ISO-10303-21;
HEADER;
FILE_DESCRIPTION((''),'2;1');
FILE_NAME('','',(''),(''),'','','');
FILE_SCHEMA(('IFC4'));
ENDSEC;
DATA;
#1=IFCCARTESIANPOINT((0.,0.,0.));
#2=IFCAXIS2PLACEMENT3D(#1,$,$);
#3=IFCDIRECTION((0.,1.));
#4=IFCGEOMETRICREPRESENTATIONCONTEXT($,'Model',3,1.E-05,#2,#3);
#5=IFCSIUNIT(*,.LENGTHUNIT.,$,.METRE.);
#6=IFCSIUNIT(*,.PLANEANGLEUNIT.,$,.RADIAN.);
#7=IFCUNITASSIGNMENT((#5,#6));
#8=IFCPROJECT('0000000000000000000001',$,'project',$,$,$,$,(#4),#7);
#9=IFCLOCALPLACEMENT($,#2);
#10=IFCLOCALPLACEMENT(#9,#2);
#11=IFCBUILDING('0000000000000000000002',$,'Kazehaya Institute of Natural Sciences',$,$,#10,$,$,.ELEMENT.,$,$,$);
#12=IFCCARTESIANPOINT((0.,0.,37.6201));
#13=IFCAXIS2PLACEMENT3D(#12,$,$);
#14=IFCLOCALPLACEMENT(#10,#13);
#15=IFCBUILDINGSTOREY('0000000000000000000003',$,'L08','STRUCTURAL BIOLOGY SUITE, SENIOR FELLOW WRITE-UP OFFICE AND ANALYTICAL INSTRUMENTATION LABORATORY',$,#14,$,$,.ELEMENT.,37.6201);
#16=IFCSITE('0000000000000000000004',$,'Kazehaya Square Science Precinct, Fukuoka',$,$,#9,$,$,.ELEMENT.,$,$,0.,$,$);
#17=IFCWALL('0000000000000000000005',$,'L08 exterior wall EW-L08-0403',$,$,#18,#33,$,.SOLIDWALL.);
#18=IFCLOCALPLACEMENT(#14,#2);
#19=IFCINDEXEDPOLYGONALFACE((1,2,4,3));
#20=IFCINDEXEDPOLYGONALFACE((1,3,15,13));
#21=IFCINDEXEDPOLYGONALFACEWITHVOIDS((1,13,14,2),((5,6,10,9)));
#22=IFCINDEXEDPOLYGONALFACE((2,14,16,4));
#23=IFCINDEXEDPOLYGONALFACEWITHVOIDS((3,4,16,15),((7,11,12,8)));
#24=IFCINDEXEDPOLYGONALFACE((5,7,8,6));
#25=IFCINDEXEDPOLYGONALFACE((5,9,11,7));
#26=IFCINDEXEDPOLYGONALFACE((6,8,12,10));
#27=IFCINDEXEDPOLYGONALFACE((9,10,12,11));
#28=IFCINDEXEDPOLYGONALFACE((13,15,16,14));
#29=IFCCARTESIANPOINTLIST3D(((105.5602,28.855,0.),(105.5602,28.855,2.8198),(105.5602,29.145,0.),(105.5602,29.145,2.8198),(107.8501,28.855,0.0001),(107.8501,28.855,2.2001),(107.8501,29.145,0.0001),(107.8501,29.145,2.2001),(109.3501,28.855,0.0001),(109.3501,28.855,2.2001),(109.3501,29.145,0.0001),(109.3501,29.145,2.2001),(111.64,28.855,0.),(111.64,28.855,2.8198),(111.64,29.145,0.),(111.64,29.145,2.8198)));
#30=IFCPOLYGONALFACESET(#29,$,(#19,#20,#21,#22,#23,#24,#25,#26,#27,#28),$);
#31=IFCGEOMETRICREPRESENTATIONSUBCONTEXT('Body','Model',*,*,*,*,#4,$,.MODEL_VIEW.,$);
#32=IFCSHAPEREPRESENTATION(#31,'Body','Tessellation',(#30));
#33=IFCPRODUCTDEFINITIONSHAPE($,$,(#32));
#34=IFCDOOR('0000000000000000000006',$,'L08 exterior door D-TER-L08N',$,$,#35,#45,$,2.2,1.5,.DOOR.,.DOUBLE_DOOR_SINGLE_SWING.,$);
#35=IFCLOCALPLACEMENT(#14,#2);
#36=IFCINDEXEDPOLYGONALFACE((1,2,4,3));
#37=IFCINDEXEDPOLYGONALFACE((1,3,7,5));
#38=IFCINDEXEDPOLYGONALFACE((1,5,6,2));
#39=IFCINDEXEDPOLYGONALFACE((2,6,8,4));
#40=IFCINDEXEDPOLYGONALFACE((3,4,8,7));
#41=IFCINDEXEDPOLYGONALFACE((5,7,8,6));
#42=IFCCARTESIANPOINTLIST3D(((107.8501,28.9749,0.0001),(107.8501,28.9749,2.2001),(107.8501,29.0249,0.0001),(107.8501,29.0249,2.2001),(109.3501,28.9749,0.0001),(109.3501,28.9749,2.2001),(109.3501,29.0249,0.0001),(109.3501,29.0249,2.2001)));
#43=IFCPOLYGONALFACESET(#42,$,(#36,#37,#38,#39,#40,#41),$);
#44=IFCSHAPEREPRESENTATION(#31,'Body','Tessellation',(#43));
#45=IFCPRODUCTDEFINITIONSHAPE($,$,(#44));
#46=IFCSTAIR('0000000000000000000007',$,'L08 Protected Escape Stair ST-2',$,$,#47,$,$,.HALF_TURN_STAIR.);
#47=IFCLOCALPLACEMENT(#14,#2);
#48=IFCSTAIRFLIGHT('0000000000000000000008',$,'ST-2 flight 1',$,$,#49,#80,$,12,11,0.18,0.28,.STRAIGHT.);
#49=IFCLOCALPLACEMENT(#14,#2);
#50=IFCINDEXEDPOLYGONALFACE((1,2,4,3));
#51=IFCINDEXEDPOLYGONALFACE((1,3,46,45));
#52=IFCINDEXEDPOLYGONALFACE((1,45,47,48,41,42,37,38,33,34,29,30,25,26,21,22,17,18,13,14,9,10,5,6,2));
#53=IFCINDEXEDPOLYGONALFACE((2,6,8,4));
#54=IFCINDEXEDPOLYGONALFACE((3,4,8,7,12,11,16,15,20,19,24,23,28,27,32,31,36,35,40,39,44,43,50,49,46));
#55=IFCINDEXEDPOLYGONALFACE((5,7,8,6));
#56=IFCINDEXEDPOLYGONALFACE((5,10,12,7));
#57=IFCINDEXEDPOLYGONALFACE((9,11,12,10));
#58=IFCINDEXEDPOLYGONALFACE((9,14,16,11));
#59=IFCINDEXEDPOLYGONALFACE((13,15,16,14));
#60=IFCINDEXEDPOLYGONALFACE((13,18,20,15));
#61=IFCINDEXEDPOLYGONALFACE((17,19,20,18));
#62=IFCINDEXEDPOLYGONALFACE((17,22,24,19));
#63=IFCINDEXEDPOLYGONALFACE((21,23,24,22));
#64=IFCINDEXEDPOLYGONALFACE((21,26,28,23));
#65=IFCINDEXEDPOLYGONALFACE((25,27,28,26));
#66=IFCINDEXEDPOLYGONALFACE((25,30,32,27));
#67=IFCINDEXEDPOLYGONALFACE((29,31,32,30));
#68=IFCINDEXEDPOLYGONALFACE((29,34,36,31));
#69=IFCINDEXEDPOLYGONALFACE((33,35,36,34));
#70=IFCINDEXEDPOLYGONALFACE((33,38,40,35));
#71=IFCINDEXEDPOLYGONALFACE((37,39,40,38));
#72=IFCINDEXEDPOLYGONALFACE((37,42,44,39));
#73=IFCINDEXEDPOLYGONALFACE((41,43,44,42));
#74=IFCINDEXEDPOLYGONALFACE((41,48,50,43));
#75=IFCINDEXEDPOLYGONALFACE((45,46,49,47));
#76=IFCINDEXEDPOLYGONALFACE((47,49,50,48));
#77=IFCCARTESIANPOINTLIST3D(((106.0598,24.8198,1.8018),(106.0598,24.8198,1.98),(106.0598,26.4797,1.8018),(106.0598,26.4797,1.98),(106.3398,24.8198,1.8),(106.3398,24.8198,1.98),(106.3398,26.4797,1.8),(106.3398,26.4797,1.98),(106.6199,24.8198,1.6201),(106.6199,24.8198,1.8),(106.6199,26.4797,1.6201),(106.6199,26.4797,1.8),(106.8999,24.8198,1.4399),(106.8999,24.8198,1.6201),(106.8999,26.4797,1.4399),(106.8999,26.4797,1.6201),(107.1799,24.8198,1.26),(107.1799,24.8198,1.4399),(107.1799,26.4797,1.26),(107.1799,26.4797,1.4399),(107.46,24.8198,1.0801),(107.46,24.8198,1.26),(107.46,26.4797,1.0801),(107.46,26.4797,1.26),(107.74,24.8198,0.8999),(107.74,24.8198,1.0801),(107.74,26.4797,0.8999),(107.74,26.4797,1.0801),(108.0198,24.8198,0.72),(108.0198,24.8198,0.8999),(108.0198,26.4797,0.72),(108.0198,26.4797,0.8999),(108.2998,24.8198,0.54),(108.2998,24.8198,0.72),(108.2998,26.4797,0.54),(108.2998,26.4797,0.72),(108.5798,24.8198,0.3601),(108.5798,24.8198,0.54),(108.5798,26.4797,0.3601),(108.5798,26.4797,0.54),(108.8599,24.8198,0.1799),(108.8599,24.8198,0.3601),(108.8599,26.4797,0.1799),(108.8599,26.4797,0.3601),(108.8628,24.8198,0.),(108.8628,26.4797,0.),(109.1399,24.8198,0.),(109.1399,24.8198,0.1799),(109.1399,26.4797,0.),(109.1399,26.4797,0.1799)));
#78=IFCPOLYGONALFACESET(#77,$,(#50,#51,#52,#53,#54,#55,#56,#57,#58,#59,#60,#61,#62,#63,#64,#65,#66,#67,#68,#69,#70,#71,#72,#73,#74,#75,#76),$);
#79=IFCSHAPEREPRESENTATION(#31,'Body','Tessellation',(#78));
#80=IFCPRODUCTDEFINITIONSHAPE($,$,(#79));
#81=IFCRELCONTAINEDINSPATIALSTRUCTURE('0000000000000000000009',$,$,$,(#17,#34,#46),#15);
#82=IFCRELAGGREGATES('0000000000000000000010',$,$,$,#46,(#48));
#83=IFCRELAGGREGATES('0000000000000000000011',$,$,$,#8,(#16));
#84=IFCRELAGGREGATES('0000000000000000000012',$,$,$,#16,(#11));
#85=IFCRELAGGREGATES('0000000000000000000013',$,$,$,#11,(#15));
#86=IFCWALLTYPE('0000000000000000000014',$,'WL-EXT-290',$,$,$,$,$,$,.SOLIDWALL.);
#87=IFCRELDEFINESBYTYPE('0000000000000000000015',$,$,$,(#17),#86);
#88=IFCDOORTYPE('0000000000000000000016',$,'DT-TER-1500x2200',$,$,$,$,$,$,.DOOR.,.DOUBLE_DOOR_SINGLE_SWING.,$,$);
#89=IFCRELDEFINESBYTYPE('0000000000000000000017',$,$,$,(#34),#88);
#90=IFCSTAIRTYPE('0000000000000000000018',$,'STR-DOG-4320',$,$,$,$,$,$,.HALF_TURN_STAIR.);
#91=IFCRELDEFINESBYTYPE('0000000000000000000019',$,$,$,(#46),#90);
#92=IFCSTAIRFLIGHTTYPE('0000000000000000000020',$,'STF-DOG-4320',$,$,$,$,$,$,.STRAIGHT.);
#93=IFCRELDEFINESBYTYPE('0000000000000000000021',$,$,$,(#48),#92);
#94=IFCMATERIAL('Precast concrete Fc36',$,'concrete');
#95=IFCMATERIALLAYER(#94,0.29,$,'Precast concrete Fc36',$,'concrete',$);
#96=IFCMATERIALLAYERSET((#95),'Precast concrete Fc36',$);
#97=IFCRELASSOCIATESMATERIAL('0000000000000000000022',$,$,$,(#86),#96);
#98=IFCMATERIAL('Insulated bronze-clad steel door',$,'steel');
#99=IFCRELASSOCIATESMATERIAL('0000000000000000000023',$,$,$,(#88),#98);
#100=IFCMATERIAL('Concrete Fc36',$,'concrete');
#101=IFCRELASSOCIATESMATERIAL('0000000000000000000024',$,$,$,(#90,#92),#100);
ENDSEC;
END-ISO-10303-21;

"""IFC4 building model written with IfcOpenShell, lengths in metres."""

from ifc_helpers import new_model, si_unit, direction, frame, frame_2d, origin, place, context, subcontext, project, spatial, polyline, rectangle, outline, extrude, material, layer, layer_set, type_object, element, fill, aggregate, save


model = new_model("IFC4")

# Units and contexts
model_context = context("Model", 3, precision=1e-05, world=origin(), true_north=direction((0.0, 1.0)))
body_context = subcontext(model_context, "Body", "Model", "MODEL_VIEW")
ifc_project = project(units=[si_unit("LENGTHUNIT", "METRE"), si_unit("PLANEANGLEUNIT", "RADIAN")], contexts=[model_context])

# Site, building, storey
site_placement = place(None, origin())
site = spatial("IfcSite", under=ifc_project, at=site_placement, Name="Kazehaya Square Science Precinct, Fukuoka", CompositionType="ELEMENT", RefElevation=0.0)
building_placement = place(site_placement, origin())
building = spatial("IfcBuilding", under=site, at=building_placement, Name="Kazehaya Institute of Natural Sciences", CompositionType="ELEMENT")
storey_placement = place(building_placement, frame((0.0, 0.0, 37.6201)))
storey = spatial("IfcBuildingStorey", under=building, at=storey_placement, Name="L08", Description="STRUCTURAL BIOLOGY SUITE, SENIOR FELLOW WRITE-UP OFFICE AND ANALYTICAL INSTRUMENTATION LABORATORY", CompositionType="ELEMENT", Elevation=37.6201)

# Shared definitions
ifc_material_1 = material(Name="Concrete Fc36", Category="concrete")

# Wall, opening, door
ifc_material_2 = material(Name="Precast concrete Fc36", Category="concrete")
ifc_layer_1 = layer(ifc_material_2, 0.29, Name="Precast concrete Fc36", Category="concrete")
ifc_layer_set_1 = layer_set([ifc_layer_1], Name="Precast concrete Fc36")
wall_type_1 = type_object("IfcWallType", Name="WL-EXT-290", PredefinedType="SOLIDWALL", material=ifc_layer_set_1)
wall_1_placement = place(storey_placement, frame((105.5601, 29.0, 0.0), z_axis=(0.0, 0.0, 1.0), x_axis=(1.0, 0.0, 0.0)))
wall_1 = element("IfcWall", 1, at=wall_1_placement, inside=storey, type_object=wall_type_1, Name="L08 exterior wall EW-L08-0403", PredefinedType="SOLIDWALL", context=body_context, shape_type="SweptSolid", body=[
    extrude(rectangle(XDim=6.0798, YDim=0.29, at=frame_2d((3.04, 0.0))), origin(), (0.0, 0.0, 1.0), 2.8198),
])
opening_1_placement = place(wall_1_placement, frame((2.29, 0.0, 0.0)))
opening_1 = element("IfcOpeningElement", 2, at=opening_1_placement, cuts=wall_1, PredefinedType="OPENING", context=body_context, shape_type="SweptSolid", body=[
    extrude(rectangle(XDim=1.5, YDim=2.2, at=frame_2d((0.75, 1.1001))), frame((0.0, 0.155, 0.0), z_axis=(0.0, -1.0, 0.0), x_axis=(1.0, 0.0, 0.0)), (0.0, 0.0, 1.0), 0.3101),
])
ifc_material_3 = material(Name="Insulated bronze-clad steel door", Category="steel")
door_type_1 = type_object("IfcDoorType", Name="DT-TER-1500x2200", OperationType="DOUBLE_DOOR_SINGLE_SWING", PredefinedType="DOOR", material=ifc_material_3)
door_1_placement = place(opening_1_placement, origin())
door_1 = element("IfcDoor", 3, at=door_1_placement, inside=storey, type_object=door_type_1, Name="L08 exterior door D-TER-L08N", OperationType="DOUBLE_DOOR_SINGLE_SWING", OverallHeight=2.2, OverallWidth=1.5, PredefinedType="DOOR", context=body_context, shape_type="SweptSolid", body=[
    extrude(rectangle(XDim=1.5, YDim=2.2, at=frame_2d((0.75, 1.1001))), frame((0.0, 0.0249, 0.0), z_axis=(0.0, -1.0, 0.0), x_axis=(1.0, 0.0, 0.0)), (0.0, 0.0, 1.0), 0.05),
])
fill(opening_1, door_1)

# Stair, stair flight
stair_type = type_object("IfcStairType", Name="STR-DOG-4320", PredefinedType="HALF_TURN_STAIR", material=ifc_material_1)
stair_placement = place(storey_placement, origin())
stair = element("IfcStair", 4, at=stair_placement, inside=storey, type_object=stair_type, Name="L08 Protected Escape Stair ST-2", PredefinedType="HALF_TURN_STAIR")
stair_flight_type = type_object("IfcStairFlightType", Name="STF-DOG-4320", PredefinedType="STRAIGHT", material=ifc_material_1)
stair_flight_placement = place(storey_placement, frame((109.1399, 25.6499, 0.0), z_axis=(0.0, 0.0, 1.0), x_axis=(-1.0, 0.0, 0.0)))
stair_flight = element("IfcStairFlight", 5, at=stair_flight_placement, type_object=stair_flight_type, Name="ST-2 flight 1", NumberOfRisers=12, NumberOfTreads=11, PredefinedType="STRAIGHT", RiserHeight=0.18, TreadLength=0.28, context=body_context, shape_type="SweptSolid", body=[
    extrude(outline(polyline([(0.0, 0.0), (0.0, 0.1799), (0.28, 0.1799), (0.28, 0.3601), (0.5601, 0.3601), (0.5601, 0.54), (0.8401, 0.54), (0.8401, 0.72), (1.1201, 0.72), (1.1201, 0.8999), (1.3999, 0.8999), (1.3999, 1.0801), (1.6799, 1.0801), (1.6799, 1.26), (1.96, 1.26), (1.96, 1.4399), (2.24, 1.4399), (2.24, 1.6201), (2.52, 1.6201), (2.52, 1.8), (2.8, 1.8), (2.8, 1.98), (3.0801, 1.98), (3.0801, 2.1599), (3.0801, 1.8018), (0.2771, 0.0), (0.0, 0.0)])), frame((0.0, 0.8301, 0.0), z_axis=(0.0, -1.0, 0.0), x_axis=(1.0, 0.0, 0.0)), (0.0, 0.0, 1.0), 1.6599),
])
aggregate(stair, [stair_flight])

save(model, "model.ifc")
